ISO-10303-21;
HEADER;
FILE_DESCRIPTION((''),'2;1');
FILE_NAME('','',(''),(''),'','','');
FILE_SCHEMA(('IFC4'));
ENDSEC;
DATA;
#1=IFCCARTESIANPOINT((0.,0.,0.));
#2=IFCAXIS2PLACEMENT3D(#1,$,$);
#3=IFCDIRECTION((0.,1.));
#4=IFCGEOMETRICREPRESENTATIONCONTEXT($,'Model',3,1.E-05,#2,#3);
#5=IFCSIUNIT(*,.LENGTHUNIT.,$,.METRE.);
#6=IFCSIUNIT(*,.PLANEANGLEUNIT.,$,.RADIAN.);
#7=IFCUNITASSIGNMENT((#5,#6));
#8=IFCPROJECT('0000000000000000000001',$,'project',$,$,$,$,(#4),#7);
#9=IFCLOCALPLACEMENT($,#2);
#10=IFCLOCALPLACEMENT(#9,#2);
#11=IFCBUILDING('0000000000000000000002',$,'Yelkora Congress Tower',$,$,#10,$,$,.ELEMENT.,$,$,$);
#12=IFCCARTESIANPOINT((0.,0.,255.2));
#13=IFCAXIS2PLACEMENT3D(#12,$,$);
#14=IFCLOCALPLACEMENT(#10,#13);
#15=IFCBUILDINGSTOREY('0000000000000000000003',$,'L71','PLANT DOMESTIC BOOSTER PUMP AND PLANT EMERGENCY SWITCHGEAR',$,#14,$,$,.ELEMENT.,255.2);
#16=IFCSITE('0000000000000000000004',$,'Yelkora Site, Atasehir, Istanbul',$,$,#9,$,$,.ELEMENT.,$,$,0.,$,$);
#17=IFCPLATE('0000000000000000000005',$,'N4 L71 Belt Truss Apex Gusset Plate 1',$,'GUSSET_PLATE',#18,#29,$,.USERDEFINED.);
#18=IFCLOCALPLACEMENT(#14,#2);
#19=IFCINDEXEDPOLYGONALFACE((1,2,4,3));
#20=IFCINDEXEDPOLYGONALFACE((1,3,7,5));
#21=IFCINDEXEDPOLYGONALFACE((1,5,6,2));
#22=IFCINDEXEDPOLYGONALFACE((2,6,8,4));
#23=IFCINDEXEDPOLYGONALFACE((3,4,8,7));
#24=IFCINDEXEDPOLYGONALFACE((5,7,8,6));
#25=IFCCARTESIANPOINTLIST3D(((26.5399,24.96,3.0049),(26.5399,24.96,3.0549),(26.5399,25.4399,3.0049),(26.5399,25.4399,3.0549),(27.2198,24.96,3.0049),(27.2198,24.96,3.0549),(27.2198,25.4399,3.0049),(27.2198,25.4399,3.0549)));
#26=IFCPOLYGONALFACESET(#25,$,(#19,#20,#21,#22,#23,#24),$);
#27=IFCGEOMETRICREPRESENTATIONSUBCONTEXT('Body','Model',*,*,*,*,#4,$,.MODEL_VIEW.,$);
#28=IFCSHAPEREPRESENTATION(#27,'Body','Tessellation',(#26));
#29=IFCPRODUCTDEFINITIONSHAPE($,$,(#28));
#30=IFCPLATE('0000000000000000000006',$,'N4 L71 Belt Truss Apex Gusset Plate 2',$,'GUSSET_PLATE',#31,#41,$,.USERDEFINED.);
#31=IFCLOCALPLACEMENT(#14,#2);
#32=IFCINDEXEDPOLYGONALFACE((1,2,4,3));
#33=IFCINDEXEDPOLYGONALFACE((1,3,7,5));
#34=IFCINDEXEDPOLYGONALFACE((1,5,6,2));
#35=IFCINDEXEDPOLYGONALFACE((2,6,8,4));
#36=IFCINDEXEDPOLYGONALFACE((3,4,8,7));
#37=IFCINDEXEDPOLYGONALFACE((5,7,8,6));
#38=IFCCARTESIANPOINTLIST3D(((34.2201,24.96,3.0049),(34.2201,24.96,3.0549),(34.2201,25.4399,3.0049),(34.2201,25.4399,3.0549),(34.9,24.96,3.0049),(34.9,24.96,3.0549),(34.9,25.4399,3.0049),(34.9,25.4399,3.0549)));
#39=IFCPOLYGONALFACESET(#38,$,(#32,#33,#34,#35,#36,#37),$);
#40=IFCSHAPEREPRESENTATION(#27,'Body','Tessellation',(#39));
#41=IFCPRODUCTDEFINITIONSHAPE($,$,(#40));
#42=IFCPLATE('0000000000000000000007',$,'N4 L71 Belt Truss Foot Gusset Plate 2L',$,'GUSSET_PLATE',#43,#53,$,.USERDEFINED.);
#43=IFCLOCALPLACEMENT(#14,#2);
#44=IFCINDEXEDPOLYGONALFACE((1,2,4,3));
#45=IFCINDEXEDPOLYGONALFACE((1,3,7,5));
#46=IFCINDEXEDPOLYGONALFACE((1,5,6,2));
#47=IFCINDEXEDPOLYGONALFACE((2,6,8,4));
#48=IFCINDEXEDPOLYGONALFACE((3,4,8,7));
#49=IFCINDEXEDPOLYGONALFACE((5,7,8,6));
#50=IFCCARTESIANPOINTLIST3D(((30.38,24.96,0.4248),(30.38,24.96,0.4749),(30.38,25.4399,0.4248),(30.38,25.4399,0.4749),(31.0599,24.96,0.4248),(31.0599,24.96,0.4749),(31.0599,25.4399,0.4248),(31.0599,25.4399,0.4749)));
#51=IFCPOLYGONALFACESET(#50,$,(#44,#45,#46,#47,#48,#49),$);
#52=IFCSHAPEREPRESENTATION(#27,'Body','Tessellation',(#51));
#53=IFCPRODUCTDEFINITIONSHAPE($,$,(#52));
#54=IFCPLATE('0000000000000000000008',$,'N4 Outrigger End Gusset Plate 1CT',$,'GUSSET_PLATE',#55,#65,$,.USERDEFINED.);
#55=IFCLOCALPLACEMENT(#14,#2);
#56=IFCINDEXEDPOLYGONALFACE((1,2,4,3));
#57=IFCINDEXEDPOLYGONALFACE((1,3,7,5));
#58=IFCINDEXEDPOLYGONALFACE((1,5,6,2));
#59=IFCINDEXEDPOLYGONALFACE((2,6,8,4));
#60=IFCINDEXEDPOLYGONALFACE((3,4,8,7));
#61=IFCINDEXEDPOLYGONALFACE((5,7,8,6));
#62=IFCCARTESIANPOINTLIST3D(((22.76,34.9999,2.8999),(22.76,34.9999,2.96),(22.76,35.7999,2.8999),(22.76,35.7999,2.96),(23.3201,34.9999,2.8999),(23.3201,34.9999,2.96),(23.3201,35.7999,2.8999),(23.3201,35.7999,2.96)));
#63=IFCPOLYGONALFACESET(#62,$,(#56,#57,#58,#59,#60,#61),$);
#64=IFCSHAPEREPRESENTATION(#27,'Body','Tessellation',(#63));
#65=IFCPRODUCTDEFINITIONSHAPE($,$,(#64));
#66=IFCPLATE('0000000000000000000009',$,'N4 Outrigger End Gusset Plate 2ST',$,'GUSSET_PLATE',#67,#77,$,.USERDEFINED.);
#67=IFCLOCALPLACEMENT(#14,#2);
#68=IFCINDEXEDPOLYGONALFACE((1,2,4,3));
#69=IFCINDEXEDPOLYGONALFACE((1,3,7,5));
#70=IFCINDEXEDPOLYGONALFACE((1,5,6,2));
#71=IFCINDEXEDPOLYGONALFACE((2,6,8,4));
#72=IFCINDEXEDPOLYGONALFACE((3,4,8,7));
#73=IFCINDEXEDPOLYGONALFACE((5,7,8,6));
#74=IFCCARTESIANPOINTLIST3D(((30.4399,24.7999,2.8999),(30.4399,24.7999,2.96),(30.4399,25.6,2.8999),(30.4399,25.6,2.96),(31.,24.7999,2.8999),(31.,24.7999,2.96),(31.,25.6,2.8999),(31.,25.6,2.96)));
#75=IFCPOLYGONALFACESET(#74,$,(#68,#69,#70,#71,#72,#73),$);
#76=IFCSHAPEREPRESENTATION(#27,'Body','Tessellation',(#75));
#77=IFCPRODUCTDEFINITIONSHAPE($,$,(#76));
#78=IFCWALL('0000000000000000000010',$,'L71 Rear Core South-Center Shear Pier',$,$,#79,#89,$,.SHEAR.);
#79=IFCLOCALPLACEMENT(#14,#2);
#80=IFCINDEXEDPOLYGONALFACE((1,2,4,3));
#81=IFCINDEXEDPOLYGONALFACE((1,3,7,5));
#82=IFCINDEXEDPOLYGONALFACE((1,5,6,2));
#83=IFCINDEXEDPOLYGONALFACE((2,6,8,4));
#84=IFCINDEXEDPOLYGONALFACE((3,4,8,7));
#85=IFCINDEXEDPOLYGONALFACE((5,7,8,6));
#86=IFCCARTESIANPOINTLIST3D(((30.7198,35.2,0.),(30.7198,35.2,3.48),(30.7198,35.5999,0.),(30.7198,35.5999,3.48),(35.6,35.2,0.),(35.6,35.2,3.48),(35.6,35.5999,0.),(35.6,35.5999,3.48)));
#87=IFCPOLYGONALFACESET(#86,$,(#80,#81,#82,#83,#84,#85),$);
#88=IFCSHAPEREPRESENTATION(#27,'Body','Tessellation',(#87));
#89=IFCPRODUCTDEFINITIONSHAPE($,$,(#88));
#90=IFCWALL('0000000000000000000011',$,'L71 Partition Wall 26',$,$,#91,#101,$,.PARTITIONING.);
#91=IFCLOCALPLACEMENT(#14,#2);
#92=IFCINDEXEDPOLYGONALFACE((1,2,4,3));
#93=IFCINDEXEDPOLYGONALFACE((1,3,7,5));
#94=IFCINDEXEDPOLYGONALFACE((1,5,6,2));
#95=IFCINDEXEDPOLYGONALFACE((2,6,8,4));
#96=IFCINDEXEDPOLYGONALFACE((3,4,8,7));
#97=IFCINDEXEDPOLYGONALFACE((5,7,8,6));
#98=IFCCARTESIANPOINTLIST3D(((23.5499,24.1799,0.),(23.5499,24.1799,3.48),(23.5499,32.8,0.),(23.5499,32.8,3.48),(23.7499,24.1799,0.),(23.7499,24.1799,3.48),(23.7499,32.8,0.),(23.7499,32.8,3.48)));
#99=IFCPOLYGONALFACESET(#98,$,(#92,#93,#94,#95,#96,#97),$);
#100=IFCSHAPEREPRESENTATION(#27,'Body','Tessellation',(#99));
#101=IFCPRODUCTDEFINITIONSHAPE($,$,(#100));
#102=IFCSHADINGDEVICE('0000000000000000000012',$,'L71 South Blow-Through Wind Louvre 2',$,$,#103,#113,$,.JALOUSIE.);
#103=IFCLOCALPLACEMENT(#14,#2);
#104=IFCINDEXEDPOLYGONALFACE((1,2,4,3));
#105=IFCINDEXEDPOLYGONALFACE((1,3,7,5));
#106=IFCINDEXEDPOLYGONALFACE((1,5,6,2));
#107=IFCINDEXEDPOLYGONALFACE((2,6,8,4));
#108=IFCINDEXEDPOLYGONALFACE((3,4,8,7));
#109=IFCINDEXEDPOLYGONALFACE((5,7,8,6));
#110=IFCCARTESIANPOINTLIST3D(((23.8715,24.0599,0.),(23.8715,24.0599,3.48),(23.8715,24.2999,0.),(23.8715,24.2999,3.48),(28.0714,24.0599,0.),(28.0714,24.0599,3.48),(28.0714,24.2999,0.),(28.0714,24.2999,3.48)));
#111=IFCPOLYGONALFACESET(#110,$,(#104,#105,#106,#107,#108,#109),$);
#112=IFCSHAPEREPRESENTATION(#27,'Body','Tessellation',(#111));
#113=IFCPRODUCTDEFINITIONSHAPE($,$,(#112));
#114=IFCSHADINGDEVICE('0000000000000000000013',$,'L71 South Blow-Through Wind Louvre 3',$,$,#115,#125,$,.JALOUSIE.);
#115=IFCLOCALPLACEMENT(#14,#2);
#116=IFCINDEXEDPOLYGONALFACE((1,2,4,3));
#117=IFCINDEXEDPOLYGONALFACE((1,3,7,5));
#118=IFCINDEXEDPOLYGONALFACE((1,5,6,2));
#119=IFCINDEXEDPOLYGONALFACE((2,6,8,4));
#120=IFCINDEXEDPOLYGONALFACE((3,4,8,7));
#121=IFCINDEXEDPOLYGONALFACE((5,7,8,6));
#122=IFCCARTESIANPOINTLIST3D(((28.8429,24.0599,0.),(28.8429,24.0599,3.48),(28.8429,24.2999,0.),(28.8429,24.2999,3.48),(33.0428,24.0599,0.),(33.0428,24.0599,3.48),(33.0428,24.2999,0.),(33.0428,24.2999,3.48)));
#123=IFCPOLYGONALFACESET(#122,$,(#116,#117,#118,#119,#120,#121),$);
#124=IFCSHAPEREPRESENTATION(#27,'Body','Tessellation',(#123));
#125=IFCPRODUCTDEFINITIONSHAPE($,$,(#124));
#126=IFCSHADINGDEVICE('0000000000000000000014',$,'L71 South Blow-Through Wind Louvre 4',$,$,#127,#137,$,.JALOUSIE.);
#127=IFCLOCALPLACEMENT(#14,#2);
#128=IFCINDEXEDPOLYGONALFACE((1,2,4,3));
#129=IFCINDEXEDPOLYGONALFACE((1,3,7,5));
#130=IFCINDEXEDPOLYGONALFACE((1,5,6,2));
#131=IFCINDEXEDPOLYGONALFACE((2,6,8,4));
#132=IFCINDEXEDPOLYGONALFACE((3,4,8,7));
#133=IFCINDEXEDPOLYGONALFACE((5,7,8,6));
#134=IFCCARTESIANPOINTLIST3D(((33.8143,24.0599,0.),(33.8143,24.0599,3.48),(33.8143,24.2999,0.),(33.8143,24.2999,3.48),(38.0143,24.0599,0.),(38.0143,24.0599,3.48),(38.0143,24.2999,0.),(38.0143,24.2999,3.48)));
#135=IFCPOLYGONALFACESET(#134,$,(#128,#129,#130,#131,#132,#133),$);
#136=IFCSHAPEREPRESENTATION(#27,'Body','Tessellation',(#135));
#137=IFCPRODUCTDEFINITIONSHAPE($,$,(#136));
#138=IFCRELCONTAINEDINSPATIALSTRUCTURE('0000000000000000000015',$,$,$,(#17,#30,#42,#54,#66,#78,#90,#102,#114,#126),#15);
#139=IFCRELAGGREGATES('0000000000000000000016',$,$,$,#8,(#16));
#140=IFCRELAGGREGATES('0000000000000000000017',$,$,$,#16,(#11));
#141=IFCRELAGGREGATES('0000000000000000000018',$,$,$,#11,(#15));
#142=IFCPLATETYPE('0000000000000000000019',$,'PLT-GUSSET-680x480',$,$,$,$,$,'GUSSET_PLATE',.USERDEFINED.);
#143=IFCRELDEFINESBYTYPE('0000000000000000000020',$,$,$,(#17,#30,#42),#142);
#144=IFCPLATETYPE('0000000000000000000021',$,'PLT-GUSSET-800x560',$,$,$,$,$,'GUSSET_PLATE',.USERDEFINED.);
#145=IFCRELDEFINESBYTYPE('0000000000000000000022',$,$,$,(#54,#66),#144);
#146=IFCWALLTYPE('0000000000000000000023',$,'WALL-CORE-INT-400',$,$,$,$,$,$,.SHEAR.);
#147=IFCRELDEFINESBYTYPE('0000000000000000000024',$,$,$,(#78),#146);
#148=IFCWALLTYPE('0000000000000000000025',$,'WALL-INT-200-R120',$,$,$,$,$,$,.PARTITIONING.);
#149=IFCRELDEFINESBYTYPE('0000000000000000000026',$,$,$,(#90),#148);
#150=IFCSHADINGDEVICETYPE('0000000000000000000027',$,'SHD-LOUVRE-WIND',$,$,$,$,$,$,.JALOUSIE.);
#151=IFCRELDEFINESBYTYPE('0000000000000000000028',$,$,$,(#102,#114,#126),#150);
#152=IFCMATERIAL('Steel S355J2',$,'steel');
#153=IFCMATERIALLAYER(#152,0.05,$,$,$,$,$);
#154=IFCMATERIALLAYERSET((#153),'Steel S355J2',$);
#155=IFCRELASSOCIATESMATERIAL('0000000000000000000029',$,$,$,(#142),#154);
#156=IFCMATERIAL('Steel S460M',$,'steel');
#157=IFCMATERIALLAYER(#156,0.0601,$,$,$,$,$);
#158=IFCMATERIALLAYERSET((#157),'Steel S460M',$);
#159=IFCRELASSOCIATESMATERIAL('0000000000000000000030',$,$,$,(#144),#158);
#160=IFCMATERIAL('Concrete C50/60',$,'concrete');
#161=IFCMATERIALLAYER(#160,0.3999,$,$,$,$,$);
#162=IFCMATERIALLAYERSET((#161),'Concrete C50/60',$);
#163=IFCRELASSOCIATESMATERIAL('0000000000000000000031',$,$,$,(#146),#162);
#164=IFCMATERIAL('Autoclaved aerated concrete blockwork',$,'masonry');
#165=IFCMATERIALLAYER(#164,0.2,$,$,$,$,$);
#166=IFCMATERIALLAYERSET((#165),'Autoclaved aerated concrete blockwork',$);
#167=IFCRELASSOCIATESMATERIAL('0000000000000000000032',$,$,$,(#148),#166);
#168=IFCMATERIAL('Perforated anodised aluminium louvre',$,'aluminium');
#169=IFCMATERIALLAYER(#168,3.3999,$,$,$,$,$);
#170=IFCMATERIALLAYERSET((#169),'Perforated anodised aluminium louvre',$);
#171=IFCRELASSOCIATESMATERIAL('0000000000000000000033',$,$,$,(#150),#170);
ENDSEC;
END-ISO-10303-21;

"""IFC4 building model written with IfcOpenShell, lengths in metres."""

from ifc_helpers import new_model, si_unit, direction, frame, frame_2d, origin, origin_2d, place, context, subcontext, project, spatial, rectangle, extrude, material, layer, layer_set, type_object, element, save


model = new_model("IFC4")

# Units and contexts
model_context = context("Model", 3, precision=1e-05, world=origin(), true_north=direction((0.0, 1.0)))
body_context = subcontext(model_context, "Body", "Model", "MODEL_VIEW")
ifc_project = project(units=[si_unit("LENGTHUNIT", "METRE"), si_unit("PLANEANGLEUNIT", "RADIAN")], contexts=[model_context])

# Site, building, storey
site_placement = place(None, origin())
site = spatial("IfcSite", under=ifc_project, at=site_placement, Name="Yelkora Site, Atasehir, Istanbul", CompositionType="ELEMENT", RefElevation=0.0)
building_placement = place(site_placement, origin())
building = spatial("IfcBuilding", under=site, at=building_placement, Name="Yelkora Congress Tower", CompositionType="ELEMENT")
storey_placement = place(building_placement, frame((0.0, 0.0, 255.2)))
storey = spatial("IfcBuildingStorey", under=building, at=storey_placement, Name="L71", Description="PLANT DOMESTIC BOOSTER PUMP AND PLANT EMERGENCY SWITCHGEAR", CompositionType="ELEMENT", Elevation=255.2)

# Shared definitions
ifc_material_1 = material(Name="Steel S460M", Category="steel")

# Shared definitions
ifc_material_2 = material(Name="Steel S355J2", Category="steel")

# Plates
ifc_layer_1 = layer(ifc_material_2, 0.05)
ifc_layer_set_1 = layer_set([ifc_layer_1], Name="Steel S355J2")
plate_type_1 = type_object("IfcPlateType", Name="PLT-GUSSET-680x480", ElementType="GUSSET_PLATE", PredefinedType="USERDEFINED", material=ifc_layer_set_1)
for number, where, z_axis, x_axis, name in (
    (1, (26.8799, 25.2, 3.0049), (0.0, 0.0, 1.0), (1.0, 0.0, 0.0), "N4 L71 Belt Truss Apex Gusset Plate 1"),
    (2, (34.5601, 25.2, 3.0049), (0.0, 0.0, 1.0), (1.0, 0.0, 0.0), "N4 L71 Belt Truss Apex Gusset Plate 2"),
    (3, (30.72, 25.2, 0.4248), (0.0, 0.0, 1.0), (1.0, 0.0, 0.0), "N4 L71 Belt Truss Foot Gusset Plate 2L"),
):
    element("IfcPlate", number, at=place(storey_placement, frame(where, z_axis=z_axis, x_axis=x_axis)), inside=storey, type_object=plate_type_1, Name=name, ObjectType="GUSSET_PLATE", PredefinedType="USERDEFINED", context=body_context, shape_type="SweptSolid", body=[
        extrude(rectangle(XDim=0.6799, YDim=0.48, at=origin_2d()), origin(), (0.0, 0.0, 1.0), 0.05),
    ])
ifc_layer_2 = layer(ifc_material_1, 0.0601)
ifc_layer_set_2 = layer_set([ifc_layer_2], Name="Steel S460M")
plate_type_2 = type_object("IfcPlateType", Name="PLT-GUSSET-800x560", ElementType="GUSSET_PLATE", PredefinedType="USERDEFINED", material=ifc_layer_set_2)
for number, where, z_axis, x_axis, name in (
    (4, (23.04, 35.3999, 2.8999), (0.0, 0.0, 1.0), (0.0, 1.0, 0.0), "N4 Outrigger End Gusset Plate 1CT"),
    (5, (30.72, 25.2, 2.8999), (0.0, 0.0, 1.0), (0.0, 1.0, 0.0), "N4 Outrigger End Gusset Plate 2ST"),
):
    element("IfcPlate", number, at=place(storey_placement, frame(where, z_axis=z_axis, x_axis=x_axis)), inside=storey, type_object=plate_type_2, Name=name, ObjectType="GUSSET_PLATE", PredefinedType="USERDEFINED", context=body_context, shape_type="SweptSolid", body=[
        extrude(rectangle(XDim=0.8, YDim=0.5601, at=origin_2d()), origin(), (0.0, 0.0, 1.0), 0.0601),
    ])

# Wall
ifc_material_3 = material(Name="Concrete C50/60", Category="concrete")
ifc_layer_3 = layer(ifc_material_3, 0.3999)
ifc_layer_set_3 = layer_set([ifc_layer_3], Name="Concrete C50/60")
wall_type_1 = type_object("IfcWallType", Name="WALL-CORE-INT-400", PredefinedType="SHEAR", material=ifc_layer_set_3)
wall_1_placement = place(storey_placement, frame((30.72, 35.3999, 0.0), z_axis=(0.0, 0.0, 1.0), x_axis=(1.0, 0.0, 0.0)))
element("IfcWall", 6, at=wall_1_placement, inside=storey, type_object=wall_type_1, Name="L71 Rear Core South-Center Shear Pier", PredefinedType="SHEAR", context=body_context, shape_type="SweptSolid", body=[
    extrude(rectangle(XDim=4.8801, YDim=0.3999, at=frame_2d((2.4399, 0.0))), origin(), (0.0, 0.0, 1.0), 3.48),
])

# Shared definitions
ifc_material_4 = material(Name="Autoclaved aerated concrete blockwork", Category="masonry")
ifc_layer_4 = layer(ifc_material_4, 0.2)
ifc_layer_set_4 = layer_set([ifc_layer_4], Name="Autoclaved aerated concrete blockwork")
wall_type_2 = type_object("IfcWallType", Name="WALL-INT-200-R120", PredefinedType="PARTITIONING", material=ifc_layer_set_4)

# Wall
wall_2_placement = place(storey_placement, frame((23.6499, 24.1799, 0.0), z_axis=(0.0, 0.0, 1.0), x_axis=(0.0, 1.0, 0.0)))
element("IfcWall", 7, at=wall_2_placement, inside=storey, type_object=wall_type_2, Name="L71 Partition Wall 26", PredefinedType="PARTITIONING", context=body_context, shape_type="SweptSolid", body=[
    extrude(rectangle(XDim=8.6201, YDim=0.2, at=frame_2d((4.3101, 0.0))), origin(), (0.0, 0.0, 1.0), 3.48),
])

# Shading devices
ifc_material_5 = material(Name="Perforated anodised aluminium louvre", Category="aluminium")
ifc_layer_5 = layer(ifc_material_5, 3.3999)
ifc_layer_set_5 = layer_set([ifc_layer_5], Name="Perforated anodised aluminium louvre")
shading_device_type = type_object("IfcShadingDeviceType", Name="SHD-LOUVRE-WIND", PredefinedType="JALOUSIE", material=ifc_layer_set_5)
for number, where, z_axis, x_axis, name in (
    (8, (25.9714, 24.1799, 0.0), (0.0, 0.0, 1.0), (1.0, 0.0, 0.0), "L71 South Blow-Through Wind Louvre 2"),
    (9, (30.9429, 24.1799, 0.0), (0.0, 0.0, 1.0), (1.0, 0.0, 0.0), "L71 South Blow-Through Wind Louvre 3"),
    (10, (35.9143, 24.1799, 0.0), (0.0, 0.0, 1.0), (1.0, 0.0, 0.0), "L71 South Blow-Through Wind Louvre 4"),
):
    element("IfcShadingDevice", number, at=place(storey_placement, frame(where, z_axis=z_axis, x_axis=x_axis)), inside=storey, type_object=shading_device_type, Name=name, PredefinedType="JALOUSIE", context=body_context, shape_type="SweptSolid", body=[
        extrude(rectangle(XDim=4.2, YDim=0.24, at=origin_2d()), origin(), (0.0, 0.0, 1.0), 3.48),
    ])

save(model, "model.ifc")
